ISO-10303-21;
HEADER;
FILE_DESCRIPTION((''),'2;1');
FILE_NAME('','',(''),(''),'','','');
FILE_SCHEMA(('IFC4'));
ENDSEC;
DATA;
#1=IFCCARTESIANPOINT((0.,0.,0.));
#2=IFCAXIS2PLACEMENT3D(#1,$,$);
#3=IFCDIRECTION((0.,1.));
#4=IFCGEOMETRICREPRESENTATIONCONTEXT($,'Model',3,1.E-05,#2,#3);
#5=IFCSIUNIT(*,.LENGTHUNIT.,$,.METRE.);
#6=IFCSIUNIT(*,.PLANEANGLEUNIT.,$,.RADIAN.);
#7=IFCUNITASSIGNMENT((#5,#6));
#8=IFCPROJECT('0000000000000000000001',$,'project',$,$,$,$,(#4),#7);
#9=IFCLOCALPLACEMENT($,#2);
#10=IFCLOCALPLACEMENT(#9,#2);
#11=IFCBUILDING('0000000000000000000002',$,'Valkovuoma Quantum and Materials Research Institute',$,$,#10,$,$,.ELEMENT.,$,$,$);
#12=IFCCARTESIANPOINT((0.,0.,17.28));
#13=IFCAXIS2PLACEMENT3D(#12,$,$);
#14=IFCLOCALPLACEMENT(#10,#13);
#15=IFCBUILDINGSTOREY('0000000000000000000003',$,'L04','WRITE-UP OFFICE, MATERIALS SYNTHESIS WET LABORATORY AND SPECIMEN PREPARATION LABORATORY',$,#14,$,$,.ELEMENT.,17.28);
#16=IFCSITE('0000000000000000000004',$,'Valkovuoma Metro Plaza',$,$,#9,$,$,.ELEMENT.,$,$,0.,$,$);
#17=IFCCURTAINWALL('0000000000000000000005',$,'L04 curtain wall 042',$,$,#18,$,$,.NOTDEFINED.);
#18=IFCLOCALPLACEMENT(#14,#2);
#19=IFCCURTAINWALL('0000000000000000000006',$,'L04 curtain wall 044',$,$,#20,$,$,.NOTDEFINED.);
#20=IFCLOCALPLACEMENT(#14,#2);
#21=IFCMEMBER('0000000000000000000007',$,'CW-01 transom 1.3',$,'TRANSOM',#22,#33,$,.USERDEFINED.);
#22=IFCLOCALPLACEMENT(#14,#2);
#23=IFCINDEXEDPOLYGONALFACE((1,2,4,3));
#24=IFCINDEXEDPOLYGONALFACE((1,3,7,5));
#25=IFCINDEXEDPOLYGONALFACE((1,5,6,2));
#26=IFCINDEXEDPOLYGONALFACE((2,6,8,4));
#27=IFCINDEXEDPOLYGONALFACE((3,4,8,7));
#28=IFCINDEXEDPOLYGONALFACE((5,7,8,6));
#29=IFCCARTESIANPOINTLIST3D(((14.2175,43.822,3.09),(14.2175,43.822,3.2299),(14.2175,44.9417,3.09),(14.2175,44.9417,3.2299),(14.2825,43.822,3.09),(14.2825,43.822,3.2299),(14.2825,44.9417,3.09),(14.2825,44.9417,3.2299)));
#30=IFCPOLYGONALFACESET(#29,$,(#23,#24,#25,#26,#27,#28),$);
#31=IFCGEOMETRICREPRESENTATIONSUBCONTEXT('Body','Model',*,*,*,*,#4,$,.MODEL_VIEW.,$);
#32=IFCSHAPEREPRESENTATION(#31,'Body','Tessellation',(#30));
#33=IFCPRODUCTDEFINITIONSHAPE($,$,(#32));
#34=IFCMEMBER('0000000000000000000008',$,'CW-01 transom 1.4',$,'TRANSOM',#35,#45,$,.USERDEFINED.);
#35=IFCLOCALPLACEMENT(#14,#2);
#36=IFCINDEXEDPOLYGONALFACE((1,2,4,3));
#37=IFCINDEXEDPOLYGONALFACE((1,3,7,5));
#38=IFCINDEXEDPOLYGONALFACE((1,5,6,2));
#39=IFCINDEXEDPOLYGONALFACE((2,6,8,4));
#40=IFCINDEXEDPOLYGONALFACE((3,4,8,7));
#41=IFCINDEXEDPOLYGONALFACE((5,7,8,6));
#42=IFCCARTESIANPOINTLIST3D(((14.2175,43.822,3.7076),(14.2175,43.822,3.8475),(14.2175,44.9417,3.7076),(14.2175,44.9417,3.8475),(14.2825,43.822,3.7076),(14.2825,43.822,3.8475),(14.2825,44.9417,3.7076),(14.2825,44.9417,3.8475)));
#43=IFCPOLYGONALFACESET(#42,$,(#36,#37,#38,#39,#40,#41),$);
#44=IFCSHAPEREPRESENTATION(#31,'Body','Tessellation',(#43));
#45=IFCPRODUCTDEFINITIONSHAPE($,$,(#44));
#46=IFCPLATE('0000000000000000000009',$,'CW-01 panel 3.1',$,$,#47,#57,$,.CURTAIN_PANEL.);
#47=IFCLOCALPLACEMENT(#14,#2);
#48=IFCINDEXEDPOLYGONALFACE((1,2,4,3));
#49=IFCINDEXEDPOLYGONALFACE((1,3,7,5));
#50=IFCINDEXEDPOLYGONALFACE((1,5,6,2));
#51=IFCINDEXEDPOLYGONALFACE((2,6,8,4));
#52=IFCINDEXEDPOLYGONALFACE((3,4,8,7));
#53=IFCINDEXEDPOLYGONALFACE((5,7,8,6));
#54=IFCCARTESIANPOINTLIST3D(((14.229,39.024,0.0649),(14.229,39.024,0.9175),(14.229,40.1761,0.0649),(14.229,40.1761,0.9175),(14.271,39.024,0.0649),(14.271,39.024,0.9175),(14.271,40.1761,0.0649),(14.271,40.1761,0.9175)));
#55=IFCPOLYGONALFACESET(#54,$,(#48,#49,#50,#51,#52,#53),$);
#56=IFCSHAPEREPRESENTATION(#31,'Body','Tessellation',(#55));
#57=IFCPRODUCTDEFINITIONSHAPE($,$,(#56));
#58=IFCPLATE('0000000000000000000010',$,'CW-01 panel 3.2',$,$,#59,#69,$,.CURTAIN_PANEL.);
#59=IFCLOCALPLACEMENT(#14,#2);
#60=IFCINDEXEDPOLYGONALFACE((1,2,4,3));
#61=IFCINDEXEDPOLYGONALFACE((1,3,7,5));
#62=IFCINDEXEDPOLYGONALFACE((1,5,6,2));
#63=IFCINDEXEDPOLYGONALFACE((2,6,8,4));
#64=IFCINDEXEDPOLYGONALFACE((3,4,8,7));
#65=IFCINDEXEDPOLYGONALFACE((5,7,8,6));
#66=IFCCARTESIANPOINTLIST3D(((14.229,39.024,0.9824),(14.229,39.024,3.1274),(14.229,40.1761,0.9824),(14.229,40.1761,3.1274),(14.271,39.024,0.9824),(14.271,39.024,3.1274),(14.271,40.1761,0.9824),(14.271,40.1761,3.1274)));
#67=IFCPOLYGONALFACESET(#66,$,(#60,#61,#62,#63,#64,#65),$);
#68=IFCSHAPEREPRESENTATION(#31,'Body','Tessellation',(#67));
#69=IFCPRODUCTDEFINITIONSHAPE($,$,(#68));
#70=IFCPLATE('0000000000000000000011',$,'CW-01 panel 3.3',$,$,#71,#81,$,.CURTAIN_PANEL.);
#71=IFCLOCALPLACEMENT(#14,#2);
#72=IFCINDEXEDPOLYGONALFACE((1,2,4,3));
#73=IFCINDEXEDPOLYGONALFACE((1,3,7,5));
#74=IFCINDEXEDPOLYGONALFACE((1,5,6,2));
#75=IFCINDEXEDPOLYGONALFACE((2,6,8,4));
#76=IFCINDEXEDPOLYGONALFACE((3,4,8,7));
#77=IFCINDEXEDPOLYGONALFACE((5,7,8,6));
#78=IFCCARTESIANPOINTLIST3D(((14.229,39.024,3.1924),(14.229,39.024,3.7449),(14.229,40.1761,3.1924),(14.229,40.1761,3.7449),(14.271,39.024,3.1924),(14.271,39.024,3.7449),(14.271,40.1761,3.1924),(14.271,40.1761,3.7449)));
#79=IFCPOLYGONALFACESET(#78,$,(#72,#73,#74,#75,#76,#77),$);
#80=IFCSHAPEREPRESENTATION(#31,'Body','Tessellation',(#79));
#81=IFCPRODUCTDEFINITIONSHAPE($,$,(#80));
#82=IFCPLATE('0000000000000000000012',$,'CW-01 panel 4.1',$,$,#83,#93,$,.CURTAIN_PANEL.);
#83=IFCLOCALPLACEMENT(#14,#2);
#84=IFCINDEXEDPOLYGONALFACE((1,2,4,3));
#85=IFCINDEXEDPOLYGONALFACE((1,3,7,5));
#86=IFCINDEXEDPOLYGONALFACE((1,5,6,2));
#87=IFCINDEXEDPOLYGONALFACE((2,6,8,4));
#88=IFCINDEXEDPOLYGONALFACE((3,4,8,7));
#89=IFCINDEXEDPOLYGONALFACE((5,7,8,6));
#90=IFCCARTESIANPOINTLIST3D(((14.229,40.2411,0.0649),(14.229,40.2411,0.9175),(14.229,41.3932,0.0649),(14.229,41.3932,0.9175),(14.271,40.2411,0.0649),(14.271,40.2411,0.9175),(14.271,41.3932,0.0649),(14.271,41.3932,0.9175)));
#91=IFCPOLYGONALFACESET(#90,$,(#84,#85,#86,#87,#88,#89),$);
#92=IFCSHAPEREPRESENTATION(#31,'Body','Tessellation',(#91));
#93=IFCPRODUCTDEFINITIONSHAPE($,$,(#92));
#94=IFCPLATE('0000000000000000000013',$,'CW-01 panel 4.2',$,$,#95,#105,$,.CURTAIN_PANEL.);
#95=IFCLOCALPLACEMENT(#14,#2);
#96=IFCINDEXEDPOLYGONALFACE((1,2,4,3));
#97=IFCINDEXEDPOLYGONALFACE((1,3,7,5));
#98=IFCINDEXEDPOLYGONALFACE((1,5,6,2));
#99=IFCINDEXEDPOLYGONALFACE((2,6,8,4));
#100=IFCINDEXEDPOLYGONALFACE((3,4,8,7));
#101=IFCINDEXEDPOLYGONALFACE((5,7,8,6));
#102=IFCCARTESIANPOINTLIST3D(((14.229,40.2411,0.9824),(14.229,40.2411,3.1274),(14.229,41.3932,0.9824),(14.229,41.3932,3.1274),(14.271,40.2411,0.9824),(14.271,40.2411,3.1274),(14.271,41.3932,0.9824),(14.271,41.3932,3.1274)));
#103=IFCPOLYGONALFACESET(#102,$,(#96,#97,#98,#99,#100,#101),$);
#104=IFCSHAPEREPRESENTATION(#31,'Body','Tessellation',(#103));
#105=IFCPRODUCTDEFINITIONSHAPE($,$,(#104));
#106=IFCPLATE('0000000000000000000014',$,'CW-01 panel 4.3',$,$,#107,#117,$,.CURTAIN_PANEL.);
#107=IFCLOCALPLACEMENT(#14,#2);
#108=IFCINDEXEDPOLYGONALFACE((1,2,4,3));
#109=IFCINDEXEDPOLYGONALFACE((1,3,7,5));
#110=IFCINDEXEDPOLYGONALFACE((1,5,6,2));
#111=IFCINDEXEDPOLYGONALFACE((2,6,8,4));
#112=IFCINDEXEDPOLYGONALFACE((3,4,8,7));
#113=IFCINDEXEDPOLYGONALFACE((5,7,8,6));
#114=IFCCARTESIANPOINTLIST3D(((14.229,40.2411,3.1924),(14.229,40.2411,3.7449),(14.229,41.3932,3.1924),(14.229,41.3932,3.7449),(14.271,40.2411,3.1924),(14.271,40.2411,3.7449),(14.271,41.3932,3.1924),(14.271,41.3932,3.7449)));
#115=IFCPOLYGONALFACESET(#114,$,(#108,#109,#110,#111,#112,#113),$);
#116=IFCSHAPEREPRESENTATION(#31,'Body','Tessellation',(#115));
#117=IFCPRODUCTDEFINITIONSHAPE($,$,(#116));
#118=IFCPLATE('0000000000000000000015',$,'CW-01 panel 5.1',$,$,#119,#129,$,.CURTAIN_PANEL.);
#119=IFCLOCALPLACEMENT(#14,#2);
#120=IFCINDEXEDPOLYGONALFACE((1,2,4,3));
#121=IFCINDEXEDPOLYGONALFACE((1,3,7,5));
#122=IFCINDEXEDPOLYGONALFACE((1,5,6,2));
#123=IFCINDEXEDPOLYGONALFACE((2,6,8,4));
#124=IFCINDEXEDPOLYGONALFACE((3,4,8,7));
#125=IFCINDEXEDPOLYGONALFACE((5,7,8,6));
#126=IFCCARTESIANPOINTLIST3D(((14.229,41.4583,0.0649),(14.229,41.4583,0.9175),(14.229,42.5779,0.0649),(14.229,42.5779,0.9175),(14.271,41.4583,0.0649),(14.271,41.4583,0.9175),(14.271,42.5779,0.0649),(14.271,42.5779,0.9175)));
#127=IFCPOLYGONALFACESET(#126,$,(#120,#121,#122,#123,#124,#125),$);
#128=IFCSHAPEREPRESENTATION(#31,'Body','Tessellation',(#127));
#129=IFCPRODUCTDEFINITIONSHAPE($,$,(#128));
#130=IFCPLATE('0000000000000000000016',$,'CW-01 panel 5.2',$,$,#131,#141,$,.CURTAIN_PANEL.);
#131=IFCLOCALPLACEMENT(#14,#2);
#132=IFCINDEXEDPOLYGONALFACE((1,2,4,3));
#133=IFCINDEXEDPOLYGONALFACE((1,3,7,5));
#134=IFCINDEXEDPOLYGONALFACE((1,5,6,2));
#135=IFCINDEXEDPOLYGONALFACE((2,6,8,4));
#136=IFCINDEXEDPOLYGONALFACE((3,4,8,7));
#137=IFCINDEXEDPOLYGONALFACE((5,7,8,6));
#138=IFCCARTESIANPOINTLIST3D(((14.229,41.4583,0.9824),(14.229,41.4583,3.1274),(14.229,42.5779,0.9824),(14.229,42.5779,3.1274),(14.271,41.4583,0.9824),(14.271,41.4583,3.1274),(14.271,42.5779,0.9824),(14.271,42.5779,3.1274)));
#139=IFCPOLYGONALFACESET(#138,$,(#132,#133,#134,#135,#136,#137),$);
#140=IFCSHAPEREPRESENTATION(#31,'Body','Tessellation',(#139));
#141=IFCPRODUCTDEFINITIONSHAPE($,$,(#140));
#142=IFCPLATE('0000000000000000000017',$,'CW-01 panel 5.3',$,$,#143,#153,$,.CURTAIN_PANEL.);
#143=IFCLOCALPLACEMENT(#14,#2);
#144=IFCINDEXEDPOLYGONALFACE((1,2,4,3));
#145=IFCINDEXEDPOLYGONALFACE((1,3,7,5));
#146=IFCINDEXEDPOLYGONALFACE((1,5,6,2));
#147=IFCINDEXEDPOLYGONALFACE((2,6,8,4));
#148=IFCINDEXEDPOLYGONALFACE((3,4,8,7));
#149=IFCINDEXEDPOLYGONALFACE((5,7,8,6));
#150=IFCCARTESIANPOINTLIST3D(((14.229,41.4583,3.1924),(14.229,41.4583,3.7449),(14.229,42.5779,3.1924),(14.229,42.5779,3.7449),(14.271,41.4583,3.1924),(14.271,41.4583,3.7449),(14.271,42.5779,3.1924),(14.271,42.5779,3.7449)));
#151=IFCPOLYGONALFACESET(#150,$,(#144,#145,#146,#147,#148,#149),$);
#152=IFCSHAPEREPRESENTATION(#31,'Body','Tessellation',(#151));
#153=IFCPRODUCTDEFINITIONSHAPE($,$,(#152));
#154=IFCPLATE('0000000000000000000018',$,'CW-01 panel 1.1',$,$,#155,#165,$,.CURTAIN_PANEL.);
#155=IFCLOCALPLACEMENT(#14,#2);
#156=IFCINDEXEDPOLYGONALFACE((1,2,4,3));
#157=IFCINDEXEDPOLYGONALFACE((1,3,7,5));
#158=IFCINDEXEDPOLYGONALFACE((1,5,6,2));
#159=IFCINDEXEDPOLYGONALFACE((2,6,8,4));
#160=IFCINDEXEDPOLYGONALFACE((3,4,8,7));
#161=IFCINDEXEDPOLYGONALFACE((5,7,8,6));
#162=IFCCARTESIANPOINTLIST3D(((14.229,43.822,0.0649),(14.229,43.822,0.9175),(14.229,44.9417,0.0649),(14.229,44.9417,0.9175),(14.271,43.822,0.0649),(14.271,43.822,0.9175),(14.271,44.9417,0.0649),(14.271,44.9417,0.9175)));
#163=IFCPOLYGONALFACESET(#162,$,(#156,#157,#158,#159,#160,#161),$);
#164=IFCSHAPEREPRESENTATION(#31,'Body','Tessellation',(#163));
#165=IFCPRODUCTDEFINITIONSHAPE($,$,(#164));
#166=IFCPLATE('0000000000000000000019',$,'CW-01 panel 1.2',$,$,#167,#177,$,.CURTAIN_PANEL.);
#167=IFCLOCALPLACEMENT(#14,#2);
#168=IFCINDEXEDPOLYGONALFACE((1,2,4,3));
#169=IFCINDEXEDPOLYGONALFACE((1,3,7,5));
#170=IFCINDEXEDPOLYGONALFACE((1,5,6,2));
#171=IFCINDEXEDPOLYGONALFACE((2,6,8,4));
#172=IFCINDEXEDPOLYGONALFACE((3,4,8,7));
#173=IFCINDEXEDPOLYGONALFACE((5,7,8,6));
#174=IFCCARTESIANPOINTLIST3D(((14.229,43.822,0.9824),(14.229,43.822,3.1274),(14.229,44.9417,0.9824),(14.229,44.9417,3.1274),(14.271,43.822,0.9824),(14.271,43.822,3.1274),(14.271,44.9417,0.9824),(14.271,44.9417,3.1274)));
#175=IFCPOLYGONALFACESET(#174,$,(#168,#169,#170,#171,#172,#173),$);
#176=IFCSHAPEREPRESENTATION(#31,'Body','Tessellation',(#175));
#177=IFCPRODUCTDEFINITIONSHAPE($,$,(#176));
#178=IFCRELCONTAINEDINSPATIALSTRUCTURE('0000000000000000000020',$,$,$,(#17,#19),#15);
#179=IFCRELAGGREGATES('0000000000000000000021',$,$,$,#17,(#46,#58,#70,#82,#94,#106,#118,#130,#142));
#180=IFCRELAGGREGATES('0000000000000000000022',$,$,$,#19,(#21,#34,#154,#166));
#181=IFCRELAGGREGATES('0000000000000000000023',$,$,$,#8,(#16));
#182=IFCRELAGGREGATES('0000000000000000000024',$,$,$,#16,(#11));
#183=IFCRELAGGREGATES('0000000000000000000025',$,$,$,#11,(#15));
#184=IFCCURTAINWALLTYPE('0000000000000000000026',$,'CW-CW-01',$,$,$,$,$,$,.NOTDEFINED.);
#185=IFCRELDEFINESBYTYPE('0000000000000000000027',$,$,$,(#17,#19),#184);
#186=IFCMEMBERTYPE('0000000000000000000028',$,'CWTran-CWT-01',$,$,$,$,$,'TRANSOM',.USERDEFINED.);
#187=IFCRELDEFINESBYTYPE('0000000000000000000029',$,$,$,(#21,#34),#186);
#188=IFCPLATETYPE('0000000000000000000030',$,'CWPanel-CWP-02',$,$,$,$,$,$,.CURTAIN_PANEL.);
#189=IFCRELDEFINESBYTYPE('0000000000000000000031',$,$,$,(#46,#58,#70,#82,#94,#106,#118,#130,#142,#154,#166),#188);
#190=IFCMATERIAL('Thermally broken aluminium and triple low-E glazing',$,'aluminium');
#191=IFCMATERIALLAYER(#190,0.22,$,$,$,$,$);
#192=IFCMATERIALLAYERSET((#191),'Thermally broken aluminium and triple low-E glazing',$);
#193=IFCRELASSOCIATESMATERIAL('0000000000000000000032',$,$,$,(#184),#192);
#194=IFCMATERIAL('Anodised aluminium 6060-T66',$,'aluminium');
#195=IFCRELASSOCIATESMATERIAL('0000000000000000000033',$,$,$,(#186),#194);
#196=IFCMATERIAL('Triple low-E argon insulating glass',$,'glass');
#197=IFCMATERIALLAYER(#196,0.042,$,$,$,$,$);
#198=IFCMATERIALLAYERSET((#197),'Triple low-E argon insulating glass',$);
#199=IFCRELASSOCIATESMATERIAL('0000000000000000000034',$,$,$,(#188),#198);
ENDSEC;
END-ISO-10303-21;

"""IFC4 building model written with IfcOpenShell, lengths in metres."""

from ifc_helpers import new_model, si_unit, direction, frame, origin, origin_2d, place, context, subcontext, project, spatial, rectangle, extrude, material, layer, layer_set, material_profile, profile_set, type_object, element, aggregate, save


model = new_model("IFC4")

# Units and contexts
model_context = context("Model", 3, precision=1e-05, world=origin(), true_north=direction((0.0, 1.0)))
body_context = subcontext(model_context, "Body", "Model", "MODEL_VIEW")
ifc_project = project(units=[si_unit("LENGTHUNIT", "METRE"), si_unit("PLANEANGLEUNIT", "RADIAN")], contexts=[model_context])

# Site, building, storey
site_placement = place(None, origin())
site = spatial("IfcSite", under=ifc_project, at=site_placement, Name="Valkovuoma Metro Plaza", CompositionType="ELEMENT", RefElevation=0.0)
building_placement = place(site_placement, origin())
building = spatial("IfcBuilding", under=site, at=building_placement, Name="Valkovuoma Quantum and Materials Research Institute", CompositionType="ELEMENT")
storey_placement = place(building_placement, frame((0.0, 0.0, 17.28)))
storey = spatial("IfcBuildingStorey", under=building, at=storey_placement, Name="L04", Description="WRITE-UP OFFICE, MATERIALS SYNTHESIS WET LABORATORY AND SPECIMEN PREPARATION LABORATORY", CompositionType="ELEMENT", Elevation=17.28)

# Curtain wall
ifc_material_1 = material(Name="Thermally broken aluminium and triple low-E glazing", Category="aluminium")
ifc_layer_1 = layer(ifc_material_1, 0.22)
ifc_layer_set_1 = layer_set([ifc_layer_1], Name="Thermally broken aluminium and triple low-E glazing")
curtain_wall_type = type_object("IfcCurtainWallType", Name="CW-CW-01", PredefinedType="NOTDEFINED", material=ifc_layer_set_1)
curtain_wall_1_placement = place(storey_placement, origin())
curtain_wall_1 = element("IfcCurtainWall", 1, at=curtain_wall_1_placement, inside=storey, type_object=curtain_wall_type, Name="L04 curtain wall 042", PredefinedType="NOTDEFINED")

# Curtain wall
curtain_wall_2_placement = place(storey_placement, origin())
curtain_wall_2 = element("IfcCurtainWall", 2, at=curtain_wall_2_placement, inside=storey, type_object=curtain_wall_type, Name="L04 curtain wall 044", PredefinedType="NOTDEFINED")

# Members
ifc_material_2 = material(Name="Anodised aluminium 6060-T66", Category="aluminium")
ifc_material_profile_1 = material_profile(ifc_material_2, rectangle(XDim=0.0649, YDim=0.1399, at=origin_2d()), Name="Anodised aluminium 6060-T66")
ifc_profile_set_1 = profile_set([ifc_material_profile_1], Name="Anodised aluminium 6060-T66")
member_type_1 = type_object("IfcMemberType", Name="CWTran-CWT-01", ElementType="TRANSOM", PredefinedType="USERDEFINED", material=ifc_profile_set_1)
member_1_placement = place(storey_placement, frame((14.25, 43.822, 3.1599), z_axis=(0.0, 1.0, 0.0), x_axis=(-1.0, 0.0, 0.0)))
member_1 = element("IfcMember", 3, at=member_1_placement, type_object=member_type_1, Name="CW-01 transom 1.3", ObjectType="TRANSOM", PredefinedType="USERDEFINED", context=body_context, shape_type="SweptSolid", body=[
    extrude(rectangle(XDim=0.0649, YDim=0.1399, at=origin_2d()), origin(), (0.0, 0.0, 1.0), 1.1196),
])
member_2_placement = place(storey_placement, frame((14.25, 43.822, 3.7776), z_axis=(0.0, 1.0, 0.0), x_axis=(-1.0, 0.0, 0.0)))
member_2 = element("IfcMember", 4, at=member_2_placement, type_object=member_type_1, Name="CW-01 transom 1.4", ObjectType="TRANSOM", PredefinedType="USERDEFINED", context=body_context, shape_type="SweptSolid", body=[
    extrude(rectangle(XDim=0.0649, YDim=0.1399, at=origin_2d()), origin(), (0.0, 0.0, 1.0), 1.1196),
])

# Plates
ifc_material_3 = material(Name="Triple low-E argon insulating glass", Category="glass")
ifc_layer_2 = layer(ifc_material_3, 0.042)
ifc_layer_set_2 = layer_set([ifc_layer_2], Name="Triple low-E argon insulating glass")
plate_type = type_object("IfcPlateType", Name="CWPanel-CWP-02", PredefinedType="CURTAIN_PANEL", material=ifc_layer_set_2)
plate_1_placement = place(storey_placement, frame((14.25, 39.6001, 0.0649), z_axis=(0.0, 0.0, 1.0), x_axis=(0.0, 1.0, 0.0)))
plate_1 = element("IfcPlate", 5, at=plate_1_placement, type_object=plate_type, Name="CW-01 panel 3.1", PredefinedType="CURTAIN_PANEL", context=body_context, shape_type="SweptSolid", body=[
    extrude(rectangle(XDim=1.1521, YDim=0.042, at=origin_2d()), origin(), (0.0, 0.0, 1.0), 0.8525),
])
plate_2_placement = place(storey_placement, frame((14.25, 39.6001, 0.9824), z_axis=(0.0, 0.0, 1.0), x_axis=(0.0, 1.0, 0.0)))
plate_2 = element("IfcPlate", 6, at=plate_2_placement, type_object=plate_type, Name="CW-01 panel 3.2", PredefinedType="CURTAIN_PANEL", context=body_context, shape_type="SweptSolid", body=[
    extrude(rectangle(XDim=1.1521, YDim=0.042, at=origin_2d()), origin(), (0.0, 0.0, 1.0), 2.145),
])
plate_3_placement = place(storey_placement, frame((14.25, 39.6001, 3.1924), z_axis=(0.0, 0.0, 1.0), x_axis=(0.0, 1.0, 0.0)))
plate_3 = element("IfcPlate", 7, at=plate_3_placement, type_object=plate_type, Name="CW-01 panel 3.3", PredefinedType="CURTAIN_PANEL", context=body_context, shape_type="SweptSolid", body=[
    extrude(rectangle(XDim=1.1521, YDim=0.042, at=origin_2d()), origin(), (0.0, 0.0, 1.0), 0.5525),
])
plate_4_placement = place(storey_placement, frame((14.25, 40.8171, 0.0649), z_axis=(0.0, 0.0, 1.0), x_axis=(0.0, 1.0, 0.0)))
plate_4 = element("IfcPlate", 8, at=plate_4_placement, type_object=plate_type, Name="CW-01 panel 4.1", PredefinedType="CURTAIN_PANEL", context=body_context, shape_type="SweptSolid", body=[
    extrude(rectangle(XDim=1.1521, YDim=0.042, at=origin_2d()), origin(), (0.0, 0.0, 1.0), 0.8525),
])
plate_5_placement = place(storey_placement, frame((14.25, 40.8171, 0.9824), z_axis=(0.0, 0.0, 1.0), x_axis=(0.0, 1.0, 0.0)))
plate_5 = element("IfcPlate", 9, at=plate_5_placement, type_object=plate_type, Name="CW-01 panel 4.2", PredefinedType="CURTAIN_PANEL", context=body_context, shape_type="SweptSolid", body=[
    extrude(rectangle(XDim=1.1521, YDim=0.042, at=origin_2d()), origin(), (0.0, 0.0, 1.0), 2.145),
])
plate_6_placement = place(storey_placement, frame((14.25, 40.8171, 3.1924), z_axis=(0.0, 0.0, 1.0), x_axis=(0.0, 1.0, 0.0)))
plate_6 = element("IfcPlate", 10, at=plate_6_placement, type_object=plate_type, Name="CW-01 panel 4.3", PredefinedType="CURTAIN_PANEL", context=body_context, shape_type="SweptSolid", body=[
    extrude(rectangle(XDim=1.1521, YDim=0.042, at=origin_2d()), origin(), (0.0, 0.0, 1.0), 0.5525),
])
plate_7_placement = place(storey_placement, frame((14.25, 42.0181, 0.0649), z_axis=(0.0, 0.0, 1.0), x_axis=(0.0, 1.0, 0.0)))
plate_7 = element("IfcPlate", 11, at=plate_7_placement, type_object=plate_type, Name="CW-01 panel 5.1", PredefinedType="CURTAIN_PANEL", context=body_context, shape_type="SweptSolid", body=[
    extrude(rectangle(XDim=1.1196, YDim=0.042, at=origin_2d()), origin(), (0.0, 0.0, 1.0), 0.8525),
])
plate_8_placement = place(storey_placement, frame((14.25, 42.0181, 0.9824), z_axis=(0.0, 0.0, 1.0), x_axis=(0.0, 1.0, 0.0)))
plate_8 = element("IfcPlate", 12, at=plate_8_placement, type_object=plate_type, Name="CW-01 panel 5.2", PredefinedType="CURTAIN_PANEL", context=body_context, shape_type="SweptSolid", body=[
    extrude(rectangle(XDim=1.1196, YDim=0.042, at=origin_2d()), origin(), (0.0, 0.0, 1.0), 2.145),
])
plate_9_placement = place(storey_placement, frame((14.25, 42.0181, 3.1924), z_axis=(0.0, 0.0, 1.0), x_axis=(0.0, 1.0, 0.0)))
plate_9 = element("IfcPlate", 13, at=plate_9_placement, type_object=plate_type, Name="CW-01 panel 5.3", PredefinedType="CURTAIN_PANEL", context=body_context, shape_type="SweptSolid", body=[
    extrude(rectangle(XDim=1.1196, YDim=0.042, at=origin_2d()), origin(), (0.0, 0.0, 1.0), 0.5525),
])
aggregate(curtain_wall_1, [plate_1, plate_2, plate_3, plate_4, plate_5, plate_6, plate_7, plate_8, plate_9])
plate_10_placement = place(storey_placement, frame((14.25, 44.3818, 0.0649), z_axis=(0.0, 0.0, 1.0), x_axis=(0.0, 1.0, 0.0)))
plate_10 = element("IfcPlate", 14, at=plate_10_placement, type_object=plate_type, Name="CW-01 panel 1.1", PredefinedType="CURTAIN_PANEL", context=body_context, shape_type="SweptSolid", body=[
    extrude(rectangle(XDim=1.1196, YDim=0.042, at=origin_2d()), origin(), (0.0, 0.0, 1.0), 0.8525),
])
plate_11_placement = place(storey_placement, frame((14.25, 44.3818, 0.9824), z_axis=(0.0, 0.0, 1.0), x_axis=(0.0, 1.0, 0.0)))
plate_11 = element("IfcPlate", 15, at=plate_11_placement, type_object=plate_type, Name="CW-01 panel 1.2", PredefinedType="CURTAIN_PANEL", context=body_context, shape_type="SweptSolid", body=[
    extrude(rectangle(XDim=1.1196, YDim=0.042, at=origin_2d()), origin(), (0.0, 0.0, 1.0), 2.145),
])
aggregate(curtain_wall_2, [member_1, member_2, plate_10, plate_11])

save(model, "model.ifc")
